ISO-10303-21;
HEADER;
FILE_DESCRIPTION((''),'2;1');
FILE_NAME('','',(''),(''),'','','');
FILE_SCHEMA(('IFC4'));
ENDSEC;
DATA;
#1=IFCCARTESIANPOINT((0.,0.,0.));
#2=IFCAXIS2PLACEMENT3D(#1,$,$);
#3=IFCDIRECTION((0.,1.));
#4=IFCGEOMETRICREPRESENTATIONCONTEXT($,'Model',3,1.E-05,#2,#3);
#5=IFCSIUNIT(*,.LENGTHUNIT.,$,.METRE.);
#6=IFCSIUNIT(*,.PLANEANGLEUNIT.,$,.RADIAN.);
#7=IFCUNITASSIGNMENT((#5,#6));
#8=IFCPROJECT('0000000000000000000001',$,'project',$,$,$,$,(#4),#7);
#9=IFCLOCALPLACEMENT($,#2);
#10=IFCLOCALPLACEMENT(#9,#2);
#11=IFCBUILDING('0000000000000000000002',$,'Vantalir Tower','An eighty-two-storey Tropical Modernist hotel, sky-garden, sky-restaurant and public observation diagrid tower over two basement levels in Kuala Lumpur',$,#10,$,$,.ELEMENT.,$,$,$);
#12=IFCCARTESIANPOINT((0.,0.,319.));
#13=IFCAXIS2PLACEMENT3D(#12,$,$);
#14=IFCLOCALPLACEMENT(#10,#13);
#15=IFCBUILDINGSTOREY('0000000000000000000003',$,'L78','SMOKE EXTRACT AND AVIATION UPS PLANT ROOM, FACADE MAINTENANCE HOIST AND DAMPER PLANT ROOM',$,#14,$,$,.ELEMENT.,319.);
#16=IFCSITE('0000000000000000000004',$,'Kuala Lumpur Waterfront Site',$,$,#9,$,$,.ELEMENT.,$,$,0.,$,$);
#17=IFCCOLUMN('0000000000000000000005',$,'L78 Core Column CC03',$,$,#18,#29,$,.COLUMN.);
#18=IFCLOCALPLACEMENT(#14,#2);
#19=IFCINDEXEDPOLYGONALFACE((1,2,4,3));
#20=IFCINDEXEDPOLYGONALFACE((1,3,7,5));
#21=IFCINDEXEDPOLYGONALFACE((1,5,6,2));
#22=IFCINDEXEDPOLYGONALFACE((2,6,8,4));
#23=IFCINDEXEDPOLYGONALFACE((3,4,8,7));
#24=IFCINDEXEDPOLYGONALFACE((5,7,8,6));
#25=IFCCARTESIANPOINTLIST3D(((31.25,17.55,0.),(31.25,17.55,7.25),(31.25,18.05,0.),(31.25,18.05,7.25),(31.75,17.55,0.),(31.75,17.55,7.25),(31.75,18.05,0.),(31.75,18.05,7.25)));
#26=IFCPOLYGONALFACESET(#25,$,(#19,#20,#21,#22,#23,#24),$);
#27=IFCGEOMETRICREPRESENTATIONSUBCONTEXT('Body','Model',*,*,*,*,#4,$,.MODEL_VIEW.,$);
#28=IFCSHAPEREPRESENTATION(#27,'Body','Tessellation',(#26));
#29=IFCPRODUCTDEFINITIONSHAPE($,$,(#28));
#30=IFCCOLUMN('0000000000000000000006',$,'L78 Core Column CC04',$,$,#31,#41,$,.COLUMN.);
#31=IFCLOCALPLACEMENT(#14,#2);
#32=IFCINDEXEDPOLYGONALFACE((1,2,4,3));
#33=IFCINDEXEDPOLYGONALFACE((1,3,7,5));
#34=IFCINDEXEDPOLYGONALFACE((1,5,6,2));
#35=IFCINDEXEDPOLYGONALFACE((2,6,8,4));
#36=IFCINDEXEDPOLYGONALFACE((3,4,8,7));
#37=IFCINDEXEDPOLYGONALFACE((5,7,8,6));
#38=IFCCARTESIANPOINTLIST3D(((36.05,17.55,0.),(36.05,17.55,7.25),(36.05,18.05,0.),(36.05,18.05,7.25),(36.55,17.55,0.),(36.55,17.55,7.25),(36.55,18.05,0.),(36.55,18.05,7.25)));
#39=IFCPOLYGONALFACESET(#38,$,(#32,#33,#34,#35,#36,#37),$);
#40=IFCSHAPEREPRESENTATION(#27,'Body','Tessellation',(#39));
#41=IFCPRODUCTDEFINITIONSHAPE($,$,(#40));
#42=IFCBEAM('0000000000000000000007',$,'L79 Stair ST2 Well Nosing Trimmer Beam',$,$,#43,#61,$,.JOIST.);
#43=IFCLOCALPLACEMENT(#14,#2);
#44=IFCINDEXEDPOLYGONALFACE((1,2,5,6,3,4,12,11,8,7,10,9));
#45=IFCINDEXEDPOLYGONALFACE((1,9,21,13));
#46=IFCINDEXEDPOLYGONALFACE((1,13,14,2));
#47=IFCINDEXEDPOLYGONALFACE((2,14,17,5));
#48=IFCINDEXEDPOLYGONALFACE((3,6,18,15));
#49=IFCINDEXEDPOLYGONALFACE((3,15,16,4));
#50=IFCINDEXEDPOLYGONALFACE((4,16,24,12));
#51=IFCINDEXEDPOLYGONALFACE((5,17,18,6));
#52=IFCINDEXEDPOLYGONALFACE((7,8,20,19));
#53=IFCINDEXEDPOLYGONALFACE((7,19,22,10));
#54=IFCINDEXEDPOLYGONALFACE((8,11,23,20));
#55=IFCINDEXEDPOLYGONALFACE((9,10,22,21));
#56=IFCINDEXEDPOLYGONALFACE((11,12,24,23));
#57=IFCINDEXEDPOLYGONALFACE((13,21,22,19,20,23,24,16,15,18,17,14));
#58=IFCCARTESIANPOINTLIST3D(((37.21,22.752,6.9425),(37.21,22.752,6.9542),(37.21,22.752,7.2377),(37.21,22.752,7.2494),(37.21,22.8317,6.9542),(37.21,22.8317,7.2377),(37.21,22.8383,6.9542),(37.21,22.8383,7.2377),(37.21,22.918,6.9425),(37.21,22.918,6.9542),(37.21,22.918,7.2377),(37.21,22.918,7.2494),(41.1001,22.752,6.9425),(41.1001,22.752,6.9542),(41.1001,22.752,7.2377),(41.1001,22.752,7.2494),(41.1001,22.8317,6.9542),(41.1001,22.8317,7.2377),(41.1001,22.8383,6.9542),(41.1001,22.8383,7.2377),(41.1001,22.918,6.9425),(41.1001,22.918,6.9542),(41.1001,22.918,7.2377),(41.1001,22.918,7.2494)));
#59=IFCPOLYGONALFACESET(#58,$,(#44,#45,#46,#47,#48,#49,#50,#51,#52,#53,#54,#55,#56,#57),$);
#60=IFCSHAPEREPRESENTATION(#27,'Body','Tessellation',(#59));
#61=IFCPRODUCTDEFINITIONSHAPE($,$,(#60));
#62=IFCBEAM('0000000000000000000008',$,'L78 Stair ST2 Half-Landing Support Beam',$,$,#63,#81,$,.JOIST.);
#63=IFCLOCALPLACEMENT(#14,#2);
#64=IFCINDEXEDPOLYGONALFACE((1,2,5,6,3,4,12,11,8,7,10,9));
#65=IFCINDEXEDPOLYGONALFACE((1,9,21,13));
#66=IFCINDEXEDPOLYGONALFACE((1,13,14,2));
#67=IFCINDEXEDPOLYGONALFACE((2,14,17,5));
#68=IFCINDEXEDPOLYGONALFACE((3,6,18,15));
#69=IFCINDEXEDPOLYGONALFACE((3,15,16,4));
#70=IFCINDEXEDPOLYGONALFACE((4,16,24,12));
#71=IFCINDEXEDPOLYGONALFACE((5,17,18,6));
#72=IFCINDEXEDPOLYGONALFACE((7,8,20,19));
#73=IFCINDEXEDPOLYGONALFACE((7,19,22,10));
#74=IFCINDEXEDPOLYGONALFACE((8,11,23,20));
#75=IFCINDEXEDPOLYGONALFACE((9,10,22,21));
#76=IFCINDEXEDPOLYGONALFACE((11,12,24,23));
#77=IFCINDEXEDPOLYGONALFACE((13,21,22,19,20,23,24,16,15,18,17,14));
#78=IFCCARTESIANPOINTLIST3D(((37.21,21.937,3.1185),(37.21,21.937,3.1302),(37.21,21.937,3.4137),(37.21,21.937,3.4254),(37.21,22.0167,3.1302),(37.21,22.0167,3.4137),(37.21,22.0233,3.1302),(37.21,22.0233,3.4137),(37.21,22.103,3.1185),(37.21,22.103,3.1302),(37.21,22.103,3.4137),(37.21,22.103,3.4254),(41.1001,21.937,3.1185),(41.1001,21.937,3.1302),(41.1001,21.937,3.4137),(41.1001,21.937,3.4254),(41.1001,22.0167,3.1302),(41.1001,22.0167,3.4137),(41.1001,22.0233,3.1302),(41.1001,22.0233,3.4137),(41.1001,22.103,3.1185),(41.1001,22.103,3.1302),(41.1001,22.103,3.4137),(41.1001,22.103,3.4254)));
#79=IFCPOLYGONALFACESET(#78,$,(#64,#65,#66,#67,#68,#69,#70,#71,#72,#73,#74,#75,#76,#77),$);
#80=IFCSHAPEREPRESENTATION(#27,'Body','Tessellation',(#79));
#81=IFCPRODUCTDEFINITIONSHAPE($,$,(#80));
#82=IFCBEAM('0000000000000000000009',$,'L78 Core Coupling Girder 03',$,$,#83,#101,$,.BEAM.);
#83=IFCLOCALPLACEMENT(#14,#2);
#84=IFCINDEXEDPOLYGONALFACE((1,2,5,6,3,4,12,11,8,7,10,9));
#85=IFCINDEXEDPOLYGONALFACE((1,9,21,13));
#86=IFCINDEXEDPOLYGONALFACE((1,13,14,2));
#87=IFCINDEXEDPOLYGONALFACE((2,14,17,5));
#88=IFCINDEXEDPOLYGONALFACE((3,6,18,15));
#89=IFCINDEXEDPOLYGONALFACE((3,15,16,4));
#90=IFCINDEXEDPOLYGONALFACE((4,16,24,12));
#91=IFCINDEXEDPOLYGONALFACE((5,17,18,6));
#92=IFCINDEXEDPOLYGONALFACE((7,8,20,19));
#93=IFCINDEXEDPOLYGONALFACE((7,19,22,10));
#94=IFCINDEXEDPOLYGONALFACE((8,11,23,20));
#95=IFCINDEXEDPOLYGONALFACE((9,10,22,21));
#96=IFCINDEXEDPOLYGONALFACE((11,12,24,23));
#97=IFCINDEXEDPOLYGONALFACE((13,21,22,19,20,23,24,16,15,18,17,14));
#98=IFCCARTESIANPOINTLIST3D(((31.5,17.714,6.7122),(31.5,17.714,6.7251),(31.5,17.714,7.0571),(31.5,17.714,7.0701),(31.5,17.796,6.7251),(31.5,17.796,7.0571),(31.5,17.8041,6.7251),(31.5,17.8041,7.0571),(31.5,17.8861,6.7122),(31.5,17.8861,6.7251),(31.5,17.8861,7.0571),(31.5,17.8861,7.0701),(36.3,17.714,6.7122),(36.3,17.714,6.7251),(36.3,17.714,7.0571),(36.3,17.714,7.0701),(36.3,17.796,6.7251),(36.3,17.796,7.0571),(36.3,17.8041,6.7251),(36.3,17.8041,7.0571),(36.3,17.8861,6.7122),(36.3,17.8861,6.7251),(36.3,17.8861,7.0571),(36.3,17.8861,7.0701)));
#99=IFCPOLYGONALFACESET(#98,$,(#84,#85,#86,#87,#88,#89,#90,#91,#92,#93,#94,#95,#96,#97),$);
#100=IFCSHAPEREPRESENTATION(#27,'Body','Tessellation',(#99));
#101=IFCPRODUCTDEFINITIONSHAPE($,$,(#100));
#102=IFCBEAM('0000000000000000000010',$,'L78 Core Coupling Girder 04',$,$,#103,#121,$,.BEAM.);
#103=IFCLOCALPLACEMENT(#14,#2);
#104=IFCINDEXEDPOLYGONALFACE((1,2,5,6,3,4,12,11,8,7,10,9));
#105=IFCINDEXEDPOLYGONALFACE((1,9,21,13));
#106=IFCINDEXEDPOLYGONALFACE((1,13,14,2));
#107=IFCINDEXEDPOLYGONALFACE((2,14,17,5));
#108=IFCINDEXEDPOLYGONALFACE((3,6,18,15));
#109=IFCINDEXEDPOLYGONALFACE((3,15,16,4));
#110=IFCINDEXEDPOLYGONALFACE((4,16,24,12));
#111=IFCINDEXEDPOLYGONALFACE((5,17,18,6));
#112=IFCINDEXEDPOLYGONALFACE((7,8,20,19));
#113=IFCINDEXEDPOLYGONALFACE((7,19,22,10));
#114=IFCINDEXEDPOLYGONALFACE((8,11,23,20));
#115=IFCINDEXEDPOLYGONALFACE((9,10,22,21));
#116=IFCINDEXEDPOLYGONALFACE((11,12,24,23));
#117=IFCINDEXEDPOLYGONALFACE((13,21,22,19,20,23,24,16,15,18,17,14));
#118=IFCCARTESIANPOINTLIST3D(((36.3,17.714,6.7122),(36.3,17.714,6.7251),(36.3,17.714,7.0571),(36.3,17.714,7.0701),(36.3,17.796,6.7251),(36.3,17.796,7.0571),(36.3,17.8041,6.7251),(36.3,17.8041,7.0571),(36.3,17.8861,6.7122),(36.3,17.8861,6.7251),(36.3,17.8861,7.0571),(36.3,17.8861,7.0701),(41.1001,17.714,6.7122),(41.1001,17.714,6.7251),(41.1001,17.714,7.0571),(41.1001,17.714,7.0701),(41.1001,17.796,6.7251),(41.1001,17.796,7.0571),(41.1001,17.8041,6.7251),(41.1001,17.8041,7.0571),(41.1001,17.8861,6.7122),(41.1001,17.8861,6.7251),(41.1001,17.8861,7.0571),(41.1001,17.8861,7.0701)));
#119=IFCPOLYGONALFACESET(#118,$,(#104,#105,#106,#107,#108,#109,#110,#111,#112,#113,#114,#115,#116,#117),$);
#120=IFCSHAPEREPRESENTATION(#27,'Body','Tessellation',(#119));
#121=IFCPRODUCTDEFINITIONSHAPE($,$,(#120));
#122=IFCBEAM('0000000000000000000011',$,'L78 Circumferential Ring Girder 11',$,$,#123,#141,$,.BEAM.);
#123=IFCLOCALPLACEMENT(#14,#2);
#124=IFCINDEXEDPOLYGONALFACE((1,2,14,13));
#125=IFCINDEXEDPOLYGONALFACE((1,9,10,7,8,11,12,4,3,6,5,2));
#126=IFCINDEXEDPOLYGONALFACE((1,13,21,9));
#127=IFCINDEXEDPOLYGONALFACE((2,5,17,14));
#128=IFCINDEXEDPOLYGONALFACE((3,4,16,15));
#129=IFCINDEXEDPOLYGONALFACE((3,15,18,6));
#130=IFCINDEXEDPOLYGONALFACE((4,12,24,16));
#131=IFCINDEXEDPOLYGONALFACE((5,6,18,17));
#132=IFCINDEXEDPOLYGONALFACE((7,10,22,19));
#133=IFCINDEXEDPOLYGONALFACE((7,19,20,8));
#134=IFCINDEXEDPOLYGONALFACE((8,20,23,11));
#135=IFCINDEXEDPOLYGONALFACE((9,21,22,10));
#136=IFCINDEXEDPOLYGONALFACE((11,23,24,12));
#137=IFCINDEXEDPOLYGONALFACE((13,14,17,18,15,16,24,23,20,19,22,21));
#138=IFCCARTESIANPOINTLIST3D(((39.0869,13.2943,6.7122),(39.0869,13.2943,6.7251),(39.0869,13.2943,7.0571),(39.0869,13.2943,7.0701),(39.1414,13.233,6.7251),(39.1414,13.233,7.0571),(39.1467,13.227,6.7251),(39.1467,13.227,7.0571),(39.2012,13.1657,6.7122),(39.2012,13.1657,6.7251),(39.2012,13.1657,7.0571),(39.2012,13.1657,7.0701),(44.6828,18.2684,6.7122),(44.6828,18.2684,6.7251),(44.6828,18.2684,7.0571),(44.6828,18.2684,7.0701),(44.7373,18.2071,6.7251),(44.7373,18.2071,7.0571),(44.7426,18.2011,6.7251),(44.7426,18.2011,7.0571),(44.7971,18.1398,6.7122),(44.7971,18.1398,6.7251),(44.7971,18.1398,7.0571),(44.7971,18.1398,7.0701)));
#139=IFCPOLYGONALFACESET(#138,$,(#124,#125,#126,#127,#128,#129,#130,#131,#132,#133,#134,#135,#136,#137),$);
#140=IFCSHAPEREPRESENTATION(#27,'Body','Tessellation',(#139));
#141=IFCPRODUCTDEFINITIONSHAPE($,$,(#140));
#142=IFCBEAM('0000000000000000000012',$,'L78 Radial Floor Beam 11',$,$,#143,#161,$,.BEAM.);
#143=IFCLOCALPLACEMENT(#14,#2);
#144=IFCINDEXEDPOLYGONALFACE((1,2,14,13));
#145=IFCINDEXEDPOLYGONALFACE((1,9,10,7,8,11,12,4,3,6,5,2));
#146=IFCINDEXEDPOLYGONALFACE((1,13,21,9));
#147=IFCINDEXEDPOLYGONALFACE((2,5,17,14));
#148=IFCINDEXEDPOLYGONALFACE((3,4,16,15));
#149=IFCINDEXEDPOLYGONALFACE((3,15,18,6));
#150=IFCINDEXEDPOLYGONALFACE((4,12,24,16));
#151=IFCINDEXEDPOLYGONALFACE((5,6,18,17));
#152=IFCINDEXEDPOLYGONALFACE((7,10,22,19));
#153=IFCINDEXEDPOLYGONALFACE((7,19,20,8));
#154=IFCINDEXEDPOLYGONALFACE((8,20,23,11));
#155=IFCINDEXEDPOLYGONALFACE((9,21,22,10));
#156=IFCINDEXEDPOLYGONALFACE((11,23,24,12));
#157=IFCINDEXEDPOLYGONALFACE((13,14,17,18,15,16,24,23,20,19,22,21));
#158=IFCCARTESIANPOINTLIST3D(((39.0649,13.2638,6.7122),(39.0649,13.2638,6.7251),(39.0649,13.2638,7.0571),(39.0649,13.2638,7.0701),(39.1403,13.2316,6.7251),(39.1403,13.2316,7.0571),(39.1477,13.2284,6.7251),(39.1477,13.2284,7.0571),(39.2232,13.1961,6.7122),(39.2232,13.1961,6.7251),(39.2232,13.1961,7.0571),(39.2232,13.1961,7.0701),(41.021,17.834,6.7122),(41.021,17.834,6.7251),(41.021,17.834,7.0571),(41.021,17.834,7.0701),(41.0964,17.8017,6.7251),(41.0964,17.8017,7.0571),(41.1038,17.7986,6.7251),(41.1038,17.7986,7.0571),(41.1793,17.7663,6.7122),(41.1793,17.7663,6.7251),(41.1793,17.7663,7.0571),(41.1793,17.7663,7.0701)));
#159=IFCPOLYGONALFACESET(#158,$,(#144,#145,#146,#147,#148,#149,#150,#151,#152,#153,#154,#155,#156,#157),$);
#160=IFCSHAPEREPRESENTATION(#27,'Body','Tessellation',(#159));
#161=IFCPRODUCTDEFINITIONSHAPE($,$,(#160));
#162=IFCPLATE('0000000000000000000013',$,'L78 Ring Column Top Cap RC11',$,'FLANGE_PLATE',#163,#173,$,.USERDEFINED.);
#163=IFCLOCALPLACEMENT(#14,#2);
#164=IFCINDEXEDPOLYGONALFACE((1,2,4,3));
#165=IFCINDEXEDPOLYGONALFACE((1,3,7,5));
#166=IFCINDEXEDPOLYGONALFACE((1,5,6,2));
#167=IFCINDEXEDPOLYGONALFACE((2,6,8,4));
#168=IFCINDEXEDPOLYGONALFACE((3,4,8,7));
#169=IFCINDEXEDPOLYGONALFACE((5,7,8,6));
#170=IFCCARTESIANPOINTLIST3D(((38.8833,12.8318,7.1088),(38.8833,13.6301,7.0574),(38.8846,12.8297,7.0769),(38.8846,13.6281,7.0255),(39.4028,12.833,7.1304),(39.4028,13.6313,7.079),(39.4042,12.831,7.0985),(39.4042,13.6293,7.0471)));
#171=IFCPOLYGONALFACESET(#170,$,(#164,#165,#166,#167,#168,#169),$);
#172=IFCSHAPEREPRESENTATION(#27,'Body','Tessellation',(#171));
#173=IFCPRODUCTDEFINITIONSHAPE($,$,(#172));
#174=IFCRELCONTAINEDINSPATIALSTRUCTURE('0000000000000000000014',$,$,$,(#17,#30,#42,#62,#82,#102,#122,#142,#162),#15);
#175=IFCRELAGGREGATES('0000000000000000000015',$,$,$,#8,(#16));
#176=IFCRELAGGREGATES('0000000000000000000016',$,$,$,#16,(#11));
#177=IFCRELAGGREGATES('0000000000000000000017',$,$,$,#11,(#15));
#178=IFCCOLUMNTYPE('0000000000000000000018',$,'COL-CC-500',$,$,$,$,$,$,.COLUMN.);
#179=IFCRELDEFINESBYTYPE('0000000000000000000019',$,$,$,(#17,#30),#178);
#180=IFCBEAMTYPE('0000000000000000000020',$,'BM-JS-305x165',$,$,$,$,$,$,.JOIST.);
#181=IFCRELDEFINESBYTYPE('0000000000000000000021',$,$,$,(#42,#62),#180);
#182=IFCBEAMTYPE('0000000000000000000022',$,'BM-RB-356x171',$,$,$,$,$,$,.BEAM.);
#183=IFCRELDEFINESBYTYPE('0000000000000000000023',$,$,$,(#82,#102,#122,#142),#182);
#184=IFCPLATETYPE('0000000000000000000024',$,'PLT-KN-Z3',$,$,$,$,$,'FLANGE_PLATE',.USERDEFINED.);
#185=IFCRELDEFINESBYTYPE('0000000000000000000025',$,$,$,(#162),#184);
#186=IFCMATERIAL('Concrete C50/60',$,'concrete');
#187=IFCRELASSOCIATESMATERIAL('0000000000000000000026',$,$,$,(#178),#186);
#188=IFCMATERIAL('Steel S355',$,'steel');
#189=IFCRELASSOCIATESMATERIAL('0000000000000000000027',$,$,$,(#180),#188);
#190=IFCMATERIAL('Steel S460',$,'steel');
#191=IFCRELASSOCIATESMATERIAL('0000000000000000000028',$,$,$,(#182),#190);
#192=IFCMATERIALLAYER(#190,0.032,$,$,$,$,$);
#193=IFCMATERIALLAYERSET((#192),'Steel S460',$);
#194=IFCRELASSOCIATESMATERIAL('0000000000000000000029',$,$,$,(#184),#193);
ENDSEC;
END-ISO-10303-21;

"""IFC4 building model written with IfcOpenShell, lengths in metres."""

from ifc_helpers import new_model, si_unit, direction, frame, origin, origin_2d, place, context, subcontext, project, spatial, polyline, rectangle, i_section, outline, extrude, material, layer, layer_set, material_profile, profile_set, type_object, element, save


model = new_model("IFC4")

# Units and contexts
model_context = context("Model", 3, precision=1e-05, world=origin(), true_north=direction((0.0, 1.0)))
body_context = subcontext(model_context, "Body", "Model", "MODEL_VIEW")
ifc_project = project(units=[si_unit("LENGTHUNIT", "METRE"), si_unit("PLANEANGLEUNIT", "RADIAN")], contexts=[model_context])

# Site, building, storey
site_placement = place(None, origin())
site = spatial("IfcSite", under=ifc_project, at=site_placement, Name="Kuala Lumpur Waterfront Site", CompositionType="ELEMENT", RefElevation=0.0)
building_placement = place(site_placement, origin())
building = spatial("IfcBuilding", under=site, at=building_placement, Name="Vantalir Tower", Description="An eighty-two-storey Tropical Modernist hotel, sky-garden, sky-restaurant and public observation diagrid tower over two basement levels in Kuala Lumpur", CompositionType="ELEMENT")
storey_placement = place(building_placement, frame((0.0, 0.0, 319.0)))
storey = spatial("IfcBuildingStorey", under=building, at=storey_placement, Name="L78", Description="SMOKE EXTRACT AND AVIATION UPS PLANT ROOM, FACADE MAINTENANCE HOIST AND DAMPER PLANT ROOM", CompositionType="ELEMENT", Elevation=319.0)

# Columns
ifc_material_1 = material(Name="Concrete C50/60", Category="concrete")
ifc_material_profile_1 = material_profile(ifc_material_1, rectangle(XDim=0.5, YDim=0.5, at=origin_2d()), Name="Concrete C50/60")
ifc_profile_set_1 = profile_set([ifc_material_profile_1], Name="Concrete C50/60")
column_type = type_object("IfcColumnType", Name="COL-CC-500", PredefinedType="COLUMN", material=ifc_profile_set_1)
for number, where, z_axis, x_axis, name in (
    (1, (31.5, 17.8, 0.0), (0.0, 0.0, 1.0), (1.0, 0.0, 0.0), "L78 Core Column CC03"),
    (2, (36.3, 17.8, 0.0), (0.0, 0.0, 1.0), (1.0, 0.0, 0.0), "L78 Core Column CC04"),
):
    element("IfcColumn", number, at=place(storey_placement, frame(where, z_axis=z_axis, x_axis=x_axis)), inside=storey, type_object=column_type, Name=name, PredefinedType="COLUMN", context=body_context, shape_type="SweptSolid", body=[
        extrude(rectangle(XDim=0.5, YDim=0.5, at=origin_2d()), origin(), (0.0, 0.0, 1.0), 7.25),
    ])

# Beams
ifc_material_2 = material(Name="Steel S355", Category="steel")
ifc_material_profile_2 = material_profile(ifc_material_2, i_section(OverallWidth=0.166, OverallDepth=0.3069, WebThickness=0.0066, FlangeThickness=0.0117, at=origin_2d()), Name="Steel S355")
ifc_profile_set_2 = profile_set([ifc_material_profile_2], Name="Steel S355")
beam_type_1 = type_object("IfcBeamType", Name="BM-JS-305x165", PredefinedType="JOIST", material=ifc_profile_set_2)
for number, where, z_axis, x_axis, name in (
    (3, (37.21, 22.835, 7.0959), (1.0, 0.0, 0.0), (0.0, 1.0, 0.0), "L79 Stair ST2 Well Nosing Trimmer Beam"),
    (4, (37.21, 22.02, 3.272), (1.0, 0.0, 0.0), (0.0, 1.0, 0.0), "L78 Stair ST2 Half-Landing Support Beam"),
):
    element("IfcBeam", number, at=place(storey_placement, frame(where, z_axis=z_axis, x_axis=x_axis)), inside=storey, type_object=beam_type_1, Name=name, PredefinedType="JOIST", context=body_context, shape_type="SweptSolid", body=[
        extrude(i_section(OverallWidth=0.166, OverallDepth=0.3069, WebThickness=0.0066, FlangeThickness=0.0117, at=origin_2d()), origin(), (0.0, 0.0, 1.0), 3.8901),
    ])
ifc_material_3 = material(Name="Steel S460", Category="steel")
ifc_material_profile_3 = material_profile(ifc_material_3, i_section(OverallWidth=0.1721, OverallDepth=0.3579, WebThickness=0.0081, FlangeThickness=0.0129, at=origin_2d()), Name="Steel S460")
ifc_profile_set_3 = profile_set([ifc_material_profile_3], Name="Steel S460")
beam_type_2 = type_object("IfcBeamType", Name="BM-RB-356x171", PredefinedType="BEAM", material=ifc_profile_set_3)
for number, where, z_axis, x_axis, name in (
    (5, (31.5, 17.8, 6.8911), (1.0, 0.0, 0.0), (0.0, 1.0, 0.0), "L78 Core Coupling Girder 03"),
    (6, (36.3, 17.8, 6.8911), (1.0, 0.0, 0.0), (0.0, 1.0, 0.0), "L78 Core Coupling Girder 04"),
):
    element("IfcBeam", number, at=place(storey_placement, frame(where, z_axis=z_axis, x_axis=x_axis)), inside=storey, type_object=beam_type_2, Name=name, PredefinedType="BEAM", context=body_context, shape_type="SweptSolid", body=[
        extrude(i_section(OverallWidth=0.1721, OverallDepth=0.3579, WebThickness=0.0081, FlangeThickness=0.0129, at=origin_2d()), origin(), (0.0, 0.0, 1.0), 4.8),
    ])
beam_1_placement = place(storey_placement, frame((39.144, 13.23, 6.8911), z_axis=(0.747413, 0.66436, 0.0), x_axis=(-0.66436, 0.747413, 0.0)))
element("IfcBeam", 7, at=beam_1_placement, inside=storey, type_object=beam_type_2, Name="L78 Circumferential Ring Girder 11", PredefinedType="BEAM", context=body_context, shape_type="SweptSolid", body=[
    extrude(i_section(OverallWidth=0.1721, OverallDepth=0.3579, WebThickness=0.0081, FlangeThickness=0.0129, at=origin_2d()), origin(), (0.0, 0.0, 1.0), 7.4871),
])
beam_2_placement = place(storey_placement, frame((39.144, 13.23, 6.8911), z_axis=(0.393487, 0.91933, 0.0), x_axis=(-0.91933, 0.393487, 0.0)))
element("IfcBeam", 8, at=beam_2_placement, inside=storey, type_object=beam_type_2, Name="L78 Radial Floor Beam 11", PredefinedType="BEAM", context=body_context, shape_type="SweptSolid", body=[
    extrude(i_section(OverallWidth=0.1721, OverallDepth=0.3579, WebThickness=0.0081, FlangeThickness=0.0129, at=origin_2d()), origin(), (0.0, 0.0, 1.0), 4.9712),
])

# Plate
ifc_layer_1 = layer(ifc_material_3, 0.032)
ifc_layer_set_1 = layer_set([ifc_layer_1], Name="Steel S460")
plate_type = type_object("IfcPlateType", Name="PLT-KN-Z3", ElementType="FLANGE_PLATE", PredefinedType="USERDEFINED", material=ifc_layer_set_1)
plate_placement = place(storey_placement, frame((38.8833, 13.6301, 7.0574), z_axis=(-0.041617, 0.064184, 0.99707), x_axis=(0.000006, -0.997934, 0.06424)))
element("IfcPlate", 9, at=plate_placement, inside=storey, type_object=plate_type, Name="L78 Ring Column Top Cap RC11", ObjectType="FLANGE_PLATE", PredefinedType="USERDEFINED", context=body_context, shape_type="SweptSolid", body=[
    extrude(outline(polyline([(0.0, 0.0), (0.8, 0.0), (0.8002, 0.52), (0.0002, 0.52), (0.0, 0.0)])), origin(), (0.0, 0.0, -1.0), 0.032),
])

save(model, "model.ifc")
